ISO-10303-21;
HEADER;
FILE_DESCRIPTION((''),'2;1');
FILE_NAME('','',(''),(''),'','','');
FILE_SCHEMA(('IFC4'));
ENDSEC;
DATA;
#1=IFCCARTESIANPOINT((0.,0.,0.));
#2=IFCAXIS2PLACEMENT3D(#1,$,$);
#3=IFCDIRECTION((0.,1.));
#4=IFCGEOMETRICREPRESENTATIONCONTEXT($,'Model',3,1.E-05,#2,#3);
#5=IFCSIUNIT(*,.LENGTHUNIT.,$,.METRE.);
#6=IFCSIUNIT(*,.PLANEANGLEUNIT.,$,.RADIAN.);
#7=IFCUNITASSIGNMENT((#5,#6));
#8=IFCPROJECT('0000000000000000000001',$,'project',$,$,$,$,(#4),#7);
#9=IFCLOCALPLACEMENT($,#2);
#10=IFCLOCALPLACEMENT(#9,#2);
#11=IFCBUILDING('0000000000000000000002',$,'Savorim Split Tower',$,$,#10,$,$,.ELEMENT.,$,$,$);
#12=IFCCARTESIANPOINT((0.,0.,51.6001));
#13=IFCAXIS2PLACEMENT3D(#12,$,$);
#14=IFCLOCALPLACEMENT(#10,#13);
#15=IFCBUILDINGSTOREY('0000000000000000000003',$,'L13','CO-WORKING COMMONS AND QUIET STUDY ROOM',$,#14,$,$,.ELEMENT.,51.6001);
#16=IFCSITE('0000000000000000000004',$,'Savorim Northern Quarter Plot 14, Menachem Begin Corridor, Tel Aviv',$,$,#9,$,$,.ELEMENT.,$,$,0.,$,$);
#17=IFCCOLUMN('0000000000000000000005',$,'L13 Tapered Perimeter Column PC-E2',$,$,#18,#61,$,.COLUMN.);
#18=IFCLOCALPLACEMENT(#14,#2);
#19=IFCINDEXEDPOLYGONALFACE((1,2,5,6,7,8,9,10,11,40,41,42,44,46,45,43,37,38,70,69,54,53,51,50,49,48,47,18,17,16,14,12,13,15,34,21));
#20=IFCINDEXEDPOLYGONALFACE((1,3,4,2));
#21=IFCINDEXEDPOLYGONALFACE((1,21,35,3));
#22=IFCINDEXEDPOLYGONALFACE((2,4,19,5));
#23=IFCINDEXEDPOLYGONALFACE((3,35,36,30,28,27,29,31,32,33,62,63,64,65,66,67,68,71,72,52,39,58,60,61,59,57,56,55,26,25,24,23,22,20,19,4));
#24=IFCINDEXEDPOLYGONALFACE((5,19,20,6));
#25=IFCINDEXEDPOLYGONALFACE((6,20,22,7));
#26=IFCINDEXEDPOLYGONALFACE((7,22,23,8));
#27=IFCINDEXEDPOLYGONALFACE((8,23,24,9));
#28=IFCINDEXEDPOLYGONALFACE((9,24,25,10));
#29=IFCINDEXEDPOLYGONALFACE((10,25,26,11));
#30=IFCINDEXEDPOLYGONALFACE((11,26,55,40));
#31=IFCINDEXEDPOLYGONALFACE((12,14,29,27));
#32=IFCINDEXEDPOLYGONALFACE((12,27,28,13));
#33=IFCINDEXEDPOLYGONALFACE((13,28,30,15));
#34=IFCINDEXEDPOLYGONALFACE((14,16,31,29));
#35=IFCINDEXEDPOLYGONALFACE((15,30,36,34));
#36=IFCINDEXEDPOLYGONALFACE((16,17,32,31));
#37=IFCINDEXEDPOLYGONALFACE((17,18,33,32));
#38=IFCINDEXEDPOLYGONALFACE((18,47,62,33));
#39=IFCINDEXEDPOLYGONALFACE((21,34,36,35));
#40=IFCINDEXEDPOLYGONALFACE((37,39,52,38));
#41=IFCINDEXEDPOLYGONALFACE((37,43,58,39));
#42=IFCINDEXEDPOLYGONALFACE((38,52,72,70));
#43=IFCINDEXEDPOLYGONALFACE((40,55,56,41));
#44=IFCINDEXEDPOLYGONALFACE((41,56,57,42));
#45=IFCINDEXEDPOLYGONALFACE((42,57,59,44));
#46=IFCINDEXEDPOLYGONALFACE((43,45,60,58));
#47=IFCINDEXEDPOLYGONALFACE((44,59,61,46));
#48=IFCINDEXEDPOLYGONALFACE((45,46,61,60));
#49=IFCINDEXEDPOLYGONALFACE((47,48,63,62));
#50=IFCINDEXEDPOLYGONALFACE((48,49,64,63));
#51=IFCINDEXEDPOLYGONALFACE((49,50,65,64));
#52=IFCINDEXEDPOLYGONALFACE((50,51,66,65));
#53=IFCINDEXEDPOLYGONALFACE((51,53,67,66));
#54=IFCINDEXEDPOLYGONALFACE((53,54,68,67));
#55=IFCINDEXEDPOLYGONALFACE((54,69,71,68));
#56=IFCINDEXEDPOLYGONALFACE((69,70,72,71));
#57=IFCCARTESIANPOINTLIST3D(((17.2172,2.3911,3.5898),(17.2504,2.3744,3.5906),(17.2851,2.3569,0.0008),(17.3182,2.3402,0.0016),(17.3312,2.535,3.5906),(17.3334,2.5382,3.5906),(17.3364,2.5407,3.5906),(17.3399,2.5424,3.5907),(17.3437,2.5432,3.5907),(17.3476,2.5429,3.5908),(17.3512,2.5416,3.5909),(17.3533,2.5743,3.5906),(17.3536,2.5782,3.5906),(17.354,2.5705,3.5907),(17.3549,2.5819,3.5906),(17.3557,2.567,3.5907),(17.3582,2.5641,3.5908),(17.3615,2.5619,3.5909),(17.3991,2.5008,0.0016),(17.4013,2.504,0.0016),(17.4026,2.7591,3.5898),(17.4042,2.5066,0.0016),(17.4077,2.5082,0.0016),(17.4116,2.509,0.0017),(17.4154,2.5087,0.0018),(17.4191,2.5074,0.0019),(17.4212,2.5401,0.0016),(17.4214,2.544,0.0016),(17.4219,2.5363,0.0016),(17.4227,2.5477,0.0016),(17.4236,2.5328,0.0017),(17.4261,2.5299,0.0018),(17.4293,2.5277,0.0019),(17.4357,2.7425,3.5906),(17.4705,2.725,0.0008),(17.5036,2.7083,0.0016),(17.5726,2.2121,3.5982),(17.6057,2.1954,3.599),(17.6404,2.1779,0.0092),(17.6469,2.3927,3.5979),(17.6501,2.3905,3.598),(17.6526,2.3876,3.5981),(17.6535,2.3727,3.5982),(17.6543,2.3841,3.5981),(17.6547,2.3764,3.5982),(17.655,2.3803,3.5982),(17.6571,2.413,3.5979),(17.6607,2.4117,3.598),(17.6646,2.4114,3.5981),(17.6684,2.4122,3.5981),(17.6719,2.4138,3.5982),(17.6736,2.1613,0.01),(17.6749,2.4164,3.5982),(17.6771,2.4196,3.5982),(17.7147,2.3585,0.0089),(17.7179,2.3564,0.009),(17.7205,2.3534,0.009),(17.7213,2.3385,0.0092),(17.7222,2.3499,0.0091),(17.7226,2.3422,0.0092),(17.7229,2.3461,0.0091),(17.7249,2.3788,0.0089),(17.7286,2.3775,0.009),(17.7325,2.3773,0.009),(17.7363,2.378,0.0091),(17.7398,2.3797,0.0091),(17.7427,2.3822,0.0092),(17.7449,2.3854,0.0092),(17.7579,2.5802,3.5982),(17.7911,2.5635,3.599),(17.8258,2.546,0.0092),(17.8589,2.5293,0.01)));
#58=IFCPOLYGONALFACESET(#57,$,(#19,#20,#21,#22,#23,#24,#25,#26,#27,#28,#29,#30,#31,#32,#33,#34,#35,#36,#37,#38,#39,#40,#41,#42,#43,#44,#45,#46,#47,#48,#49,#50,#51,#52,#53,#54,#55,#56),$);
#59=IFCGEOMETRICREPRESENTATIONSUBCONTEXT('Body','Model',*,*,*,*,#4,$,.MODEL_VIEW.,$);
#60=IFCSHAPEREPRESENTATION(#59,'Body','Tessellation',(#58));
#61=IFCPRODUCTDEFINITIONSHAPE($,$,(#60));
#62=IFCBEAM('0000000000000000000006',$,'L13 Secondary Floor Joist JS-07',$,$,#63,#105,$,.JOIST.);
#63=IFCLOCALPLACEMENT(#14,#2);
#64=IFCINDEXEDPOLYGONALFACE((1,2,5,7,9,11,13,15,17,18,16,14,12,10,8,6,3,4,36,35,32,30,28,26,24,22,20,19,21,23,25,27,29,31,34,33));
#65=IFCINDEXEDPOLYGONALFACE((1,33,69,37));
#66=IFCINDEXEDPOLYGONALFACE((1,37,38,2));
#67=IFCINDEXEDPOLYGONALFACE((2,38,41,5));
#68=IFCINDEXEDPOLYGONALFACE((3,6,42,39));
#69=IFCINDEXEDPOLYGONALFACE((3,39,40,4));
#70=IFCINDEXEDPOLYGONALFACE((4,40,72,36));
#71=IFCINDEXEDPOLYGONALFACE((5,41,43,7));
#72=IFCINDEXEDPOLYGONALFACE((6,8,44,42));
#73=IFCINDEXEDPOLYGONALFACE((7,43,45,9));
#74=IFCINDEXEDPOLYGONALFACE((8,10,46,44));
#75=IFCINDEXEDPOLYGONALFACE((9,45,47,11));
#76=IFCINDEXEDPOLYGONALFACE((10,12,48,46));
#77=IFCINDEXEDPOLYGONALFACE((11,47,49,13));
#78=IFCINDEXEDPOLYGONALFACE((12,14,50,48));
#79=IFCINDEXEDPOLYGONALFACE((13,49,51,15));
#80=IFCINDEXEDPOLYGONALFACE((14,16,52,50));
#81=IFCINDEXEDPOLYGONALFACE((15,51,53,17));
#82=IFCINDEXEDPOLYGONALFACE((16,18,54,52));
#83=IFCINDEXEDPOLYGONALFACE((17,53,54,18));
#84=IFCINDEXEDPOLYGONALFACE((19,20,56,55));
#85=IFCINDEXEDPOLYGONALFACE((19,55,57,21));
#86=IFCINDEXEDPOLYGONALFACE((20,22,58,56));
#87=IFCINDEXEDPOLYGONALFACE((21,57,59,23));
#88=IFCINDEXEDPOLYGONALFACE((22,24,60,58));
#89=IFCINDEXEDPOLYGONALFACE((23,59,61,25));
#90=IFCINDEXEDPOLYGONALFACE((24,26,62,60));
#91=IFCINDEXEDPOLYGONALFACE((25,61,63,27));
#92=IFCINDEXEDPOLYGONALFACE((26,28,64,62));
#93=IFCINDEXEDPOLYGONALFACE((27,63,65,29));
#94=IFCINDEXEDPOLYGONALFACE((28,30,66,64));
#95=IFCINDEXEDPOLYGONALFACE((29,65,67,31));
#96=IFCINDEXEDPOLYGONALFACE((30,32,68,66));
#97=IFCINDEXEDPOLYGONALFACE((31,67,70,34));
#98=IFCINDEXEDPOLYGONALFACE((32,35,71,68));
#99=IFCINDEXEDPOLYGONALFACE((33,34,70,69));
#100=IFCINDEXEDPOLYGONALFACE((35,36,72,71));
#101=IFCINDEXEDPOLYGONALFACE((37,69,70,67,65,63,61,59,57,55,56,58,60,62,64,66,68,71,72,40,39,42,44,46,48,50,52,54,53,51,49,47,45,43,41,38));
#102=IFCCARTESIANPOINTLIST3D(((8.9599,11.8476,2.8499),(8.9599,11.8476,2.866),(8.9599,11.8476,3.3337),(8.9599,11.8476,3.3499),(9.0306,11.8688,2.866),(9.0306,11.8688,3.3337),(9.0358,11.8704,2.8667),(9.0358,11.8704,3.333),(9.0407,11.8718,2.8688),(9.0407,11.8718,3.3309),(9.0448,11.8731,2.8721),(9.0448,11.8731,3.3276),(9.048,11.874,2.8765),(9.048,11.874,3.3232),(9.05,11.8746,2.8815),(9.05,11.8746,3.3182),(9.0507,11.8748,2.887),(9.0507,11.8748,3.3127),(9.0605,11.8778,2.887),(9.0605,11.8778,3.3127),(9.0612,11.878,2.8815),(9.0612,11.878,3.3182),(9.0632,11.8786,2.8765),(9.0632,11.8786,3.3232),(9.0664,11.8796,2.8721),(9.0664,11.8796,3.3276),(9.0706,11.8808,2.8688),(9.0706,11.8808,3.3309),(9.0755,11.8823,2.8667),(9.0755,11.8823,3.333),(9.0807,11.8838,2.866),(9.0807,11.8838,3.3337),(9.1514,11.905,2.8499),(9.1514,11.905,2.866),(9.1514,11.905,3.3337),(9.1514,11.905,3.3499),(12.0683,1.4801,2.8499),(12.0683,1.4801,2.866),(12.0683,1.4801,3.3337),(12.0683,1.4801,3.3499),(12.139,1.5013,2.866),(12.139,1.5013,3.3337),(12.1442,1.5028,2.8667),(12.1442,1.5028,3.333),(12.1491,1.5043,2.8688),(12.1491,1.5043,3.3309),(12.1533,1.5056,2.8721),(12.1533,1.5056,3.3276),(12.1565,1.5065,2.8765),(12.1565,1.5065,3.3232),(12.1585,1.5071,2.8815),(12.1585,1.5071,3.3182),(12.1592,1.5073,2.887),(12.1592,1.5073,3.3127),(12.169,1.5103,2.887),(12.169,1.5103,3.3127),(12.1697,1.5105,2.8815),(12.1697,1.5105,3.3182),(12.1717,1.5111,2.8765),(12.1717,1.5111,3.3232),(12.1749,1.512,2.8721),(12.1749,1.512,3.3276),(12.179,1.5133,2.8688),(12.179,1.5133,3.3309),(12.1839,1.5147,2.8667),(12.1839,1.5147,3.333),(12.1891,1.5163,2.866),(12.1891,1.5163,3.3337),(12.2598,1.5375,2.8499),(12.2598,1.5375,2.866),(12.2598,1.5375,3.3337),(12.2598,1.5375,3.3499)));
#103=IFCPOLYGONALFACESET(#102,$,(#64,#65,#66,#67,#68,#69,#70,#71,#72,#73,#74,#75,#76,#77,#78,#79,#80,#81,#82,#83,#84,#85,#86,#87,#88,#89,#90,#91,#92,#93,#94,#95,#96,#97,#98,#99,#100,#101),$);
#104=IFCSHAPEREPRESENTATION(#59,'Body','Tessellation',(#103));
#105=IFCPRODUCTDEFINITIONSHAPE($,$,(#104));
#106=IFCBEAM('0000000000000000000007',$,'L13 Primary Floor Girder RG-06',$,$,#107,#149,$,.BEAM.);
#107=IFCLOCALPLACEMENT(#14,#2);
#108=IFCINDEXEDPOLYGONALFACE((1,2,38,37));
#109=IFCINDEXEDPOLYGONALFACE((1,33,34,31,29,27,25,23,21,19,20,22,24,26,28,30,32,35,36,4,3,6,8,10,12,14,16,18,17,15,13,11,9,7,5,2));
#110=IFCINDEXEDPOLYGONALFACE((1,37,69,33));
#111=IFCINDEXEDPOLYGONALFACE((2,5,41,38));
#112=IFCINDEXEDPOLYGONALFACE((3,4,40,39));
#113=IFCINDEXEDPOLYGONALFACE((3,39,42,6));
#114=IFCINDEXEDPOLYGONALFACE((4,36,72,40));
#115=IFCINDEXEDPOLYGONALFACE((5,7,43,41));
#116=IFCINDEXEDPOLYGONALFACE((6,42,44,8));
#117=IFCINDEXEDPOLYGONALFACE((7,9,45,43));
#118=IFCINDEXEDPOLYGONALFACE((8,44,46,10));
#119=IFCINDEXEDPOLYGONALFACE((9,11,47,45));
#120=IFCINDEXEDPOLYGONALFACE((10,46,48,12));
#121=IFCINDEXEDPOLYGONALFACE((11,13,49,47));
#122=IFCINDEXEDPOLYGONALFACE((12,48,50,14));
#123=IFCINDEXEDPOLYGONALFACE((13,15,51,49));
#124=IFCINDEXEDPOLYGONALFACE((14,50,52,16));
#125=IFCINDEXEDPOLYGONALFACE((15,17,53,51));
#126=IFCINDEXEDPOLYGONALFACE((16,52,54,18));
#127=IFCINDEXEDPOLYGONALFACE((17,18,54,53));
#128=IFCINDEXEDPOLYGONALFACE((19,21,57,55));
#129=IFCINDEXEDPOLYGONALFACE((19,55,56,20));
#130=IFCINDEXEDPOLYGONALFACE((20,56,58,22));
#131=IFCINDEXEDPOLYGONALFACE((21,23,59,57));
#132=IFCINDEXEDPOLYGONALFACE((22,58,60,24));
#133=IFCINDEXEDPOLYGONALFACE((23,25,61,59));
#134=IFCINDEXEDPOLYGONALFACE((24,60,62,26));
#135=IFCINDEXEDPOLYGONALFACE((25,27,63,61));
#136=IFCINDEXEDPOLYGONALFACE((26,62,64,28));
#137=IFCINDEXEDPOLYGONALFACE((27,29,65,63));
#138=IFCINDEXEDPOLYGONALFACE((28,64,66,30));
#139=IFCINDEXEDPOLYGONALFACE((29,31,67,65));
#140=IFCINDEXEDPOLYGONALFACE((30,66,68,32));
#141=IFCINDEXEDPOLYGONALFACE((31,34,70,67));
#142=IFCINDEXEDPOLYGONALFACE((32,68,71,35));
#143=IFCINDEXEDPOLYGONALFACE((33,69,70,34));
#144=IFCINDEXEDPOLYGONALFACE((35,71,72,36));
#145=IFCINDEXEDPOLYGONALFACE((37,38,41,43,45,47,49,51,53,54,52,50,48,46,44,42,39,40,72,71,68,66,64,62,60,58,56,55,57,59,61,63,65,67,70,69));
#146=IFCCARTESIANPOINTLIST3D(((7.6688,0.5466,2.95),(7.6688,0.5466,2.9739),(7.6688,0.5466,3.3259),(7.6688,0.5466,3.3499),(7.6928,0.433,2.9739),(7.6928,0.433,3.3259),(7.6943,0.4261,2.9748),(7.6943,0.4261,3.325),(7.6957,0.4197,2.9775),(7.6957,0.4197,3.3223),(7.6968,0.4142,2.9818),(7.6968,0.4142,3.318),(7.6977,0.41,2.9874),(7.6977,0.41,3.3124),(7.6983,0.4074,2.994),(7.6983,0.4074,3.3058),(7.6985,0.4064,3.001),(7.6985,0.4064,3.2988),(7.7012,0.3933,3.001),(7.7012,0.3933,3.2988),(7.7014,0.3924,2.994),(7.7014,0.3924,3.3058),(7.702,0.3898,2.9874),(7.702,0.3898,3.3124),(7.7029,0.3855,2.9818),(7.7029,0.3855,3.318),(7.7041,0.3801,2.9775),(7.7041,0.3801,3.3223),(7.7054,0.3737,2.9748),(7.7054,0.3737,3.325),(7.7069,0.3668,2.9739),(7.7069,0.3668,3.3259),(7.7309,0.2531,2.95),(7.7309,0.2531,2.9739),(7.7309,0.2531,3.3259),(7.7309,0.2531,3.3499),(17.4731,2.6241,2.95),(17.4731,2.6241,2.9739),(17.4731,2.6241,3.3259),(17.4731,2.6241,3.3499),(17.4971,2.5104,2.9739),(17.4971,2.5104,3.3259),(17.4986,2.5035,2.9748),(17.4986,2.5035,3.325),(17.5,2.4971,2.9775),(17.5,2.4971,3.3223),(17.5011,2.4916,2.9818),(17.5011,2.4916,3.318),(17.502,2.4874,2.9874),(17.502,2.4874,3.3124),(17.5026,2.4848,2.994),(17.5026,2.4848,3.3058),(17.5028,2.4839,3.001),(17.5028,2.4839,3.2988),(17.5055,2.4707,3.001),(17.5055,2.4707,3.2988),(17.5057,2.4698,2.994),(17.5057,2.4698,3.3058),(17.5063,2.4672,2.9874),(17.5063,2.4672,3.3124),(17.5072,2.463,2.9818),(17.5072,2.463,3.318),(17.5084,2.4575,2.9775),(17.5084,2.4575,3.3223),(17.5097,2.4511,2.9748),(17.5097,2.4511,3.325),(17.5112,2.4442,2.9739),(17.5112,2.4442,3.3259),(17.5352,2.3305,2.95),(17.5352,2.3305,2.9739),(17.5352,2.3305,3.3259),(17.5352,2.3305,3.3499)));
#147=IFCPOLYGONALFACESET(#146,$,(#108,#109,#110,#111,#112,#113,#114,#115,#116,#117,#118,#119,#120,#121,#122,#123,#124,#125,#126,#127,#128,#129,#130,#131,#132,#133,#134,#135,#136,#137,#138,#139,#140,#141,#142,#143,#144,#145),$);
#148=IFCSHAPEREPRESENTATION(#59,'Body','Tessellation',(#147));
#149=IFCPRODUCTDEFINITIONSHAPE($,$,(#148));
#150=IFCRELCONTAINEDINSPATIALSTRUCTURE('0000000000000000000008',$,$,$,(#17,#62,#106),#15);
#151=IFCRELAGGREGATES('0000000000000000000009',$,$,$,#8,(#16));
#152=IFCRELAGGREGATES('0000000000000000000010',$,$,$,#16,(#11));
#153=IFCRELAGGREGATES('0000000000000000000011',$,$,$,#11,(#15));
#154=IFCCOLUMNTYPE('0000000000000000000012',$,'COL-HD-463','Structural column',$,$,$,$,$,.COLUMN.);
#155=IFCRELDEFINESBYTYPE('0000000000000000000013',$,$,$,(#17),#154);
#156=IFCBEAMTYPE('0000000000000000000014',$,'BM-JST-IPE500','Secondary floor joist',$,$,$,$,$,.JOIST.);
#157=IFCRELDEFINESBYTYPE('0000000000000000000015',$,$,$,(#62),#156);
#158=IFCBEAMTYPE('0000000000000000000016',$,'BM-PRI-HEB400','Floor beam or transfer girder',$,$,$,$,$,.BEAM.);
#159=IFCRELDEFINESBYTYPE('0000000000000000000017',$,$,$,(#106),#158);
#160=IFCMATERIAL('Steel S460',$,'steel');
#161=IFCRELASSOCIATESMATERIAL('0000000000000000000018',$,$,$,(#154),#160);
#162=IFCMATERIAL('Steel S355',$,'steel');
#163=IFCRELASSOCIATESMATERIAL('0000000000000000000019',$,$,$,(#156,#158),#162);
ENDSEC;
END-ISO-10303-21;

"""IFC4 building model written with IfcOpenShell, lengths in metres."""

from ifc_helpers import new_model, si_unit, direction, frame, origin, origin_2d, place, context, subcontext, project, spatial, i_section, extrude, material, material_profile, profile_set, type_object, element, save


model = new_model("IFC4")

# Units and contexts
model_context = context("Model", 3, precision=1e-05, world=origin(), true_north=direction((0.0, 1.0)))
body_context = subcontext(model_context, "Body", "Model", "MODEL_VIEW")
ifc_project = project(units=[si_unit("LENGTHUNIT", "METRE"), si_unit("PLANEANGLEUNIT", "RADIAN")], contexts=[model_context])

# Site, building, storey
site_placement = place(None, origin())
site = spatial("IfcSite", under=ifc_project, at=site_placement, Name="Savorim Northern Quarter Plot 14, Menachem Begin Corridor, Tel Aviv", CompositionType="ELEMENT", RefElevation=0.0)
building_placement = place(site_placement, origin())
building = spatial("IfcBuilding", under=site, at=building_placement, Name="Savorim Split Tower", CompositionType="ELEMENT")
storey_placement = place(building_placement, frame((0.0, 0.0, 51.6001)))
storey = spatial("IfcBuildingStorey", under=building, at=storey_placement, Name="L13", Description="CO-WORKING COMMONS AND QUIET STUDY ROOM", CompositionType="ELEMENT", Elevation=51.6001)

# Column
ifc_material_1 = material(Name="Steel S460", Category="steel")
ifc_material_profile_1 = material_profile(ifc_material_1, i_section(OverallWidth=0.4121, OverallDepth=0.4351, WebThickness=0.0227, FlangeThickness=0.0371, FilletRadius=0.0149, at=origin_2d()), Name="HD 400x463")
ifc_profile_set_1 = profile_set([ifc_material_profile_1], Name="Steel S460")
column_type = type_object("IfcColumnType", Name="COL-HD-463", Description="Structural column", PredefinedType="COLUMN", material=ifc_profile_set_1)
column_placement = place(storey_placement, frame((17.572, 2.4431, 0.0054), z_axis=(-0.018906, 0.009521, 0.999776), x_axis=(-0.449782, -0.893138, 0.0)))
element("IfcColumn", 1, at=column_placement, inside=storey, type_object=column_type, Name="L13 Tapered Perimeter Column PC-E2", PredefinedType="COLUMN", context=body_context, shape_type="SweptSolid", body=[
    extrude(i_section(OverallWidth=0.4121, OverallDepth=0.4351, WebThickness=0.0227, FlangeThickness=0.0371, FilletRadius=0.0149, at=origin_2d()), origin(), (0.0, 0.0, 1.0), 3.5898),
])

# Beams
ifc_material_2 = material(Name="Steel S355", Category="steel")
ifc_material_profile_2 = material_profile(ifc_material_2, i_section(OverallWidth=0.2, OverallDepth=0.5, WebThickness=0.0103, FlangeThickness=0.0161, FilletRadius=0.021, at=origin_2d()), Name="IPE 500")
ifc_profile_set_2 = profile_set([ifc_material_profile_2], Name="Steel S355")
beam_type_1 = type_object("IfcBeamType", Name="BM-JST-IPE500", Description="Secondary floor joist", PredefinedType="JOIST", material=ifc_profile_set_2)
beam_1_placement = place(storey_placement, frame((12.1641, 1.5088, 3.0999), z_axis=(-0.287193, 0.957873, 0.0), x_axis=(-0.957873, -0.287193, 0.0)))
element("IfcBeam", 2, at=beam_1_placement, inside=storey, type_object=beam_type_1, Name="L13 Secondary Floor Joist JS-07", PredefinedType="JOIST", context=body_context, shape_type="SweptSolid", body=[
    extrude(i_section(OverallWidth=0.2, OverallDepth=0.5, WebThickness=0.0103, FlangeThickness=0.0161, FilletRadius=0.021, at=origin_2d()), origin(), (0.0, 0.0, 1.0), 10.8235),
])
ifc_material_profile_3 = material_profile(ifc_material_2, i_section(OverallWidth=0.3, OverallDepth=0.3999, WebThickness=0.0134, FlangeThickness=0.0239, FilletRadius=0.0271, at=origin_2d()), Name="HEB 400")
ifc_profile_set_3 = profile_set([ifc_material_profile_3], Name="Steel S355")
beam_type_2 = type_object("IfcBeamType", Name="BM-PRI-HEB400", Description="Floor beam or transfer girder", PredefinedType="BEAM", material=ifc_profile_set_3)
beam_2_placement = place(storey_placement, frame((17.5042, 2.4773, 3.1499), z_axis=(-0.97828, -0.207286, 0.0), x_axis=(0.207286, -0.97828, 0.0)))
element("IfcBeam", 3, at=beam_2_placement, inside=storey, type_object=beam_type_2, Name="L13 Primary Floor Girder RG-06", PredefinedType="BEAM", context=body_context, shape_type="SweptSolid", body=[
    extrude(i_section(OverallWidth=0.3, OverallDepth=0.3999, WebThickness=0.0134, FlangeThickness=0.0239, FilletRadius=0.0271, at=origin_2d()), origin(), (0.0, 0.0, 1.0), 10.022),
])

save(model, "model.ifc")
